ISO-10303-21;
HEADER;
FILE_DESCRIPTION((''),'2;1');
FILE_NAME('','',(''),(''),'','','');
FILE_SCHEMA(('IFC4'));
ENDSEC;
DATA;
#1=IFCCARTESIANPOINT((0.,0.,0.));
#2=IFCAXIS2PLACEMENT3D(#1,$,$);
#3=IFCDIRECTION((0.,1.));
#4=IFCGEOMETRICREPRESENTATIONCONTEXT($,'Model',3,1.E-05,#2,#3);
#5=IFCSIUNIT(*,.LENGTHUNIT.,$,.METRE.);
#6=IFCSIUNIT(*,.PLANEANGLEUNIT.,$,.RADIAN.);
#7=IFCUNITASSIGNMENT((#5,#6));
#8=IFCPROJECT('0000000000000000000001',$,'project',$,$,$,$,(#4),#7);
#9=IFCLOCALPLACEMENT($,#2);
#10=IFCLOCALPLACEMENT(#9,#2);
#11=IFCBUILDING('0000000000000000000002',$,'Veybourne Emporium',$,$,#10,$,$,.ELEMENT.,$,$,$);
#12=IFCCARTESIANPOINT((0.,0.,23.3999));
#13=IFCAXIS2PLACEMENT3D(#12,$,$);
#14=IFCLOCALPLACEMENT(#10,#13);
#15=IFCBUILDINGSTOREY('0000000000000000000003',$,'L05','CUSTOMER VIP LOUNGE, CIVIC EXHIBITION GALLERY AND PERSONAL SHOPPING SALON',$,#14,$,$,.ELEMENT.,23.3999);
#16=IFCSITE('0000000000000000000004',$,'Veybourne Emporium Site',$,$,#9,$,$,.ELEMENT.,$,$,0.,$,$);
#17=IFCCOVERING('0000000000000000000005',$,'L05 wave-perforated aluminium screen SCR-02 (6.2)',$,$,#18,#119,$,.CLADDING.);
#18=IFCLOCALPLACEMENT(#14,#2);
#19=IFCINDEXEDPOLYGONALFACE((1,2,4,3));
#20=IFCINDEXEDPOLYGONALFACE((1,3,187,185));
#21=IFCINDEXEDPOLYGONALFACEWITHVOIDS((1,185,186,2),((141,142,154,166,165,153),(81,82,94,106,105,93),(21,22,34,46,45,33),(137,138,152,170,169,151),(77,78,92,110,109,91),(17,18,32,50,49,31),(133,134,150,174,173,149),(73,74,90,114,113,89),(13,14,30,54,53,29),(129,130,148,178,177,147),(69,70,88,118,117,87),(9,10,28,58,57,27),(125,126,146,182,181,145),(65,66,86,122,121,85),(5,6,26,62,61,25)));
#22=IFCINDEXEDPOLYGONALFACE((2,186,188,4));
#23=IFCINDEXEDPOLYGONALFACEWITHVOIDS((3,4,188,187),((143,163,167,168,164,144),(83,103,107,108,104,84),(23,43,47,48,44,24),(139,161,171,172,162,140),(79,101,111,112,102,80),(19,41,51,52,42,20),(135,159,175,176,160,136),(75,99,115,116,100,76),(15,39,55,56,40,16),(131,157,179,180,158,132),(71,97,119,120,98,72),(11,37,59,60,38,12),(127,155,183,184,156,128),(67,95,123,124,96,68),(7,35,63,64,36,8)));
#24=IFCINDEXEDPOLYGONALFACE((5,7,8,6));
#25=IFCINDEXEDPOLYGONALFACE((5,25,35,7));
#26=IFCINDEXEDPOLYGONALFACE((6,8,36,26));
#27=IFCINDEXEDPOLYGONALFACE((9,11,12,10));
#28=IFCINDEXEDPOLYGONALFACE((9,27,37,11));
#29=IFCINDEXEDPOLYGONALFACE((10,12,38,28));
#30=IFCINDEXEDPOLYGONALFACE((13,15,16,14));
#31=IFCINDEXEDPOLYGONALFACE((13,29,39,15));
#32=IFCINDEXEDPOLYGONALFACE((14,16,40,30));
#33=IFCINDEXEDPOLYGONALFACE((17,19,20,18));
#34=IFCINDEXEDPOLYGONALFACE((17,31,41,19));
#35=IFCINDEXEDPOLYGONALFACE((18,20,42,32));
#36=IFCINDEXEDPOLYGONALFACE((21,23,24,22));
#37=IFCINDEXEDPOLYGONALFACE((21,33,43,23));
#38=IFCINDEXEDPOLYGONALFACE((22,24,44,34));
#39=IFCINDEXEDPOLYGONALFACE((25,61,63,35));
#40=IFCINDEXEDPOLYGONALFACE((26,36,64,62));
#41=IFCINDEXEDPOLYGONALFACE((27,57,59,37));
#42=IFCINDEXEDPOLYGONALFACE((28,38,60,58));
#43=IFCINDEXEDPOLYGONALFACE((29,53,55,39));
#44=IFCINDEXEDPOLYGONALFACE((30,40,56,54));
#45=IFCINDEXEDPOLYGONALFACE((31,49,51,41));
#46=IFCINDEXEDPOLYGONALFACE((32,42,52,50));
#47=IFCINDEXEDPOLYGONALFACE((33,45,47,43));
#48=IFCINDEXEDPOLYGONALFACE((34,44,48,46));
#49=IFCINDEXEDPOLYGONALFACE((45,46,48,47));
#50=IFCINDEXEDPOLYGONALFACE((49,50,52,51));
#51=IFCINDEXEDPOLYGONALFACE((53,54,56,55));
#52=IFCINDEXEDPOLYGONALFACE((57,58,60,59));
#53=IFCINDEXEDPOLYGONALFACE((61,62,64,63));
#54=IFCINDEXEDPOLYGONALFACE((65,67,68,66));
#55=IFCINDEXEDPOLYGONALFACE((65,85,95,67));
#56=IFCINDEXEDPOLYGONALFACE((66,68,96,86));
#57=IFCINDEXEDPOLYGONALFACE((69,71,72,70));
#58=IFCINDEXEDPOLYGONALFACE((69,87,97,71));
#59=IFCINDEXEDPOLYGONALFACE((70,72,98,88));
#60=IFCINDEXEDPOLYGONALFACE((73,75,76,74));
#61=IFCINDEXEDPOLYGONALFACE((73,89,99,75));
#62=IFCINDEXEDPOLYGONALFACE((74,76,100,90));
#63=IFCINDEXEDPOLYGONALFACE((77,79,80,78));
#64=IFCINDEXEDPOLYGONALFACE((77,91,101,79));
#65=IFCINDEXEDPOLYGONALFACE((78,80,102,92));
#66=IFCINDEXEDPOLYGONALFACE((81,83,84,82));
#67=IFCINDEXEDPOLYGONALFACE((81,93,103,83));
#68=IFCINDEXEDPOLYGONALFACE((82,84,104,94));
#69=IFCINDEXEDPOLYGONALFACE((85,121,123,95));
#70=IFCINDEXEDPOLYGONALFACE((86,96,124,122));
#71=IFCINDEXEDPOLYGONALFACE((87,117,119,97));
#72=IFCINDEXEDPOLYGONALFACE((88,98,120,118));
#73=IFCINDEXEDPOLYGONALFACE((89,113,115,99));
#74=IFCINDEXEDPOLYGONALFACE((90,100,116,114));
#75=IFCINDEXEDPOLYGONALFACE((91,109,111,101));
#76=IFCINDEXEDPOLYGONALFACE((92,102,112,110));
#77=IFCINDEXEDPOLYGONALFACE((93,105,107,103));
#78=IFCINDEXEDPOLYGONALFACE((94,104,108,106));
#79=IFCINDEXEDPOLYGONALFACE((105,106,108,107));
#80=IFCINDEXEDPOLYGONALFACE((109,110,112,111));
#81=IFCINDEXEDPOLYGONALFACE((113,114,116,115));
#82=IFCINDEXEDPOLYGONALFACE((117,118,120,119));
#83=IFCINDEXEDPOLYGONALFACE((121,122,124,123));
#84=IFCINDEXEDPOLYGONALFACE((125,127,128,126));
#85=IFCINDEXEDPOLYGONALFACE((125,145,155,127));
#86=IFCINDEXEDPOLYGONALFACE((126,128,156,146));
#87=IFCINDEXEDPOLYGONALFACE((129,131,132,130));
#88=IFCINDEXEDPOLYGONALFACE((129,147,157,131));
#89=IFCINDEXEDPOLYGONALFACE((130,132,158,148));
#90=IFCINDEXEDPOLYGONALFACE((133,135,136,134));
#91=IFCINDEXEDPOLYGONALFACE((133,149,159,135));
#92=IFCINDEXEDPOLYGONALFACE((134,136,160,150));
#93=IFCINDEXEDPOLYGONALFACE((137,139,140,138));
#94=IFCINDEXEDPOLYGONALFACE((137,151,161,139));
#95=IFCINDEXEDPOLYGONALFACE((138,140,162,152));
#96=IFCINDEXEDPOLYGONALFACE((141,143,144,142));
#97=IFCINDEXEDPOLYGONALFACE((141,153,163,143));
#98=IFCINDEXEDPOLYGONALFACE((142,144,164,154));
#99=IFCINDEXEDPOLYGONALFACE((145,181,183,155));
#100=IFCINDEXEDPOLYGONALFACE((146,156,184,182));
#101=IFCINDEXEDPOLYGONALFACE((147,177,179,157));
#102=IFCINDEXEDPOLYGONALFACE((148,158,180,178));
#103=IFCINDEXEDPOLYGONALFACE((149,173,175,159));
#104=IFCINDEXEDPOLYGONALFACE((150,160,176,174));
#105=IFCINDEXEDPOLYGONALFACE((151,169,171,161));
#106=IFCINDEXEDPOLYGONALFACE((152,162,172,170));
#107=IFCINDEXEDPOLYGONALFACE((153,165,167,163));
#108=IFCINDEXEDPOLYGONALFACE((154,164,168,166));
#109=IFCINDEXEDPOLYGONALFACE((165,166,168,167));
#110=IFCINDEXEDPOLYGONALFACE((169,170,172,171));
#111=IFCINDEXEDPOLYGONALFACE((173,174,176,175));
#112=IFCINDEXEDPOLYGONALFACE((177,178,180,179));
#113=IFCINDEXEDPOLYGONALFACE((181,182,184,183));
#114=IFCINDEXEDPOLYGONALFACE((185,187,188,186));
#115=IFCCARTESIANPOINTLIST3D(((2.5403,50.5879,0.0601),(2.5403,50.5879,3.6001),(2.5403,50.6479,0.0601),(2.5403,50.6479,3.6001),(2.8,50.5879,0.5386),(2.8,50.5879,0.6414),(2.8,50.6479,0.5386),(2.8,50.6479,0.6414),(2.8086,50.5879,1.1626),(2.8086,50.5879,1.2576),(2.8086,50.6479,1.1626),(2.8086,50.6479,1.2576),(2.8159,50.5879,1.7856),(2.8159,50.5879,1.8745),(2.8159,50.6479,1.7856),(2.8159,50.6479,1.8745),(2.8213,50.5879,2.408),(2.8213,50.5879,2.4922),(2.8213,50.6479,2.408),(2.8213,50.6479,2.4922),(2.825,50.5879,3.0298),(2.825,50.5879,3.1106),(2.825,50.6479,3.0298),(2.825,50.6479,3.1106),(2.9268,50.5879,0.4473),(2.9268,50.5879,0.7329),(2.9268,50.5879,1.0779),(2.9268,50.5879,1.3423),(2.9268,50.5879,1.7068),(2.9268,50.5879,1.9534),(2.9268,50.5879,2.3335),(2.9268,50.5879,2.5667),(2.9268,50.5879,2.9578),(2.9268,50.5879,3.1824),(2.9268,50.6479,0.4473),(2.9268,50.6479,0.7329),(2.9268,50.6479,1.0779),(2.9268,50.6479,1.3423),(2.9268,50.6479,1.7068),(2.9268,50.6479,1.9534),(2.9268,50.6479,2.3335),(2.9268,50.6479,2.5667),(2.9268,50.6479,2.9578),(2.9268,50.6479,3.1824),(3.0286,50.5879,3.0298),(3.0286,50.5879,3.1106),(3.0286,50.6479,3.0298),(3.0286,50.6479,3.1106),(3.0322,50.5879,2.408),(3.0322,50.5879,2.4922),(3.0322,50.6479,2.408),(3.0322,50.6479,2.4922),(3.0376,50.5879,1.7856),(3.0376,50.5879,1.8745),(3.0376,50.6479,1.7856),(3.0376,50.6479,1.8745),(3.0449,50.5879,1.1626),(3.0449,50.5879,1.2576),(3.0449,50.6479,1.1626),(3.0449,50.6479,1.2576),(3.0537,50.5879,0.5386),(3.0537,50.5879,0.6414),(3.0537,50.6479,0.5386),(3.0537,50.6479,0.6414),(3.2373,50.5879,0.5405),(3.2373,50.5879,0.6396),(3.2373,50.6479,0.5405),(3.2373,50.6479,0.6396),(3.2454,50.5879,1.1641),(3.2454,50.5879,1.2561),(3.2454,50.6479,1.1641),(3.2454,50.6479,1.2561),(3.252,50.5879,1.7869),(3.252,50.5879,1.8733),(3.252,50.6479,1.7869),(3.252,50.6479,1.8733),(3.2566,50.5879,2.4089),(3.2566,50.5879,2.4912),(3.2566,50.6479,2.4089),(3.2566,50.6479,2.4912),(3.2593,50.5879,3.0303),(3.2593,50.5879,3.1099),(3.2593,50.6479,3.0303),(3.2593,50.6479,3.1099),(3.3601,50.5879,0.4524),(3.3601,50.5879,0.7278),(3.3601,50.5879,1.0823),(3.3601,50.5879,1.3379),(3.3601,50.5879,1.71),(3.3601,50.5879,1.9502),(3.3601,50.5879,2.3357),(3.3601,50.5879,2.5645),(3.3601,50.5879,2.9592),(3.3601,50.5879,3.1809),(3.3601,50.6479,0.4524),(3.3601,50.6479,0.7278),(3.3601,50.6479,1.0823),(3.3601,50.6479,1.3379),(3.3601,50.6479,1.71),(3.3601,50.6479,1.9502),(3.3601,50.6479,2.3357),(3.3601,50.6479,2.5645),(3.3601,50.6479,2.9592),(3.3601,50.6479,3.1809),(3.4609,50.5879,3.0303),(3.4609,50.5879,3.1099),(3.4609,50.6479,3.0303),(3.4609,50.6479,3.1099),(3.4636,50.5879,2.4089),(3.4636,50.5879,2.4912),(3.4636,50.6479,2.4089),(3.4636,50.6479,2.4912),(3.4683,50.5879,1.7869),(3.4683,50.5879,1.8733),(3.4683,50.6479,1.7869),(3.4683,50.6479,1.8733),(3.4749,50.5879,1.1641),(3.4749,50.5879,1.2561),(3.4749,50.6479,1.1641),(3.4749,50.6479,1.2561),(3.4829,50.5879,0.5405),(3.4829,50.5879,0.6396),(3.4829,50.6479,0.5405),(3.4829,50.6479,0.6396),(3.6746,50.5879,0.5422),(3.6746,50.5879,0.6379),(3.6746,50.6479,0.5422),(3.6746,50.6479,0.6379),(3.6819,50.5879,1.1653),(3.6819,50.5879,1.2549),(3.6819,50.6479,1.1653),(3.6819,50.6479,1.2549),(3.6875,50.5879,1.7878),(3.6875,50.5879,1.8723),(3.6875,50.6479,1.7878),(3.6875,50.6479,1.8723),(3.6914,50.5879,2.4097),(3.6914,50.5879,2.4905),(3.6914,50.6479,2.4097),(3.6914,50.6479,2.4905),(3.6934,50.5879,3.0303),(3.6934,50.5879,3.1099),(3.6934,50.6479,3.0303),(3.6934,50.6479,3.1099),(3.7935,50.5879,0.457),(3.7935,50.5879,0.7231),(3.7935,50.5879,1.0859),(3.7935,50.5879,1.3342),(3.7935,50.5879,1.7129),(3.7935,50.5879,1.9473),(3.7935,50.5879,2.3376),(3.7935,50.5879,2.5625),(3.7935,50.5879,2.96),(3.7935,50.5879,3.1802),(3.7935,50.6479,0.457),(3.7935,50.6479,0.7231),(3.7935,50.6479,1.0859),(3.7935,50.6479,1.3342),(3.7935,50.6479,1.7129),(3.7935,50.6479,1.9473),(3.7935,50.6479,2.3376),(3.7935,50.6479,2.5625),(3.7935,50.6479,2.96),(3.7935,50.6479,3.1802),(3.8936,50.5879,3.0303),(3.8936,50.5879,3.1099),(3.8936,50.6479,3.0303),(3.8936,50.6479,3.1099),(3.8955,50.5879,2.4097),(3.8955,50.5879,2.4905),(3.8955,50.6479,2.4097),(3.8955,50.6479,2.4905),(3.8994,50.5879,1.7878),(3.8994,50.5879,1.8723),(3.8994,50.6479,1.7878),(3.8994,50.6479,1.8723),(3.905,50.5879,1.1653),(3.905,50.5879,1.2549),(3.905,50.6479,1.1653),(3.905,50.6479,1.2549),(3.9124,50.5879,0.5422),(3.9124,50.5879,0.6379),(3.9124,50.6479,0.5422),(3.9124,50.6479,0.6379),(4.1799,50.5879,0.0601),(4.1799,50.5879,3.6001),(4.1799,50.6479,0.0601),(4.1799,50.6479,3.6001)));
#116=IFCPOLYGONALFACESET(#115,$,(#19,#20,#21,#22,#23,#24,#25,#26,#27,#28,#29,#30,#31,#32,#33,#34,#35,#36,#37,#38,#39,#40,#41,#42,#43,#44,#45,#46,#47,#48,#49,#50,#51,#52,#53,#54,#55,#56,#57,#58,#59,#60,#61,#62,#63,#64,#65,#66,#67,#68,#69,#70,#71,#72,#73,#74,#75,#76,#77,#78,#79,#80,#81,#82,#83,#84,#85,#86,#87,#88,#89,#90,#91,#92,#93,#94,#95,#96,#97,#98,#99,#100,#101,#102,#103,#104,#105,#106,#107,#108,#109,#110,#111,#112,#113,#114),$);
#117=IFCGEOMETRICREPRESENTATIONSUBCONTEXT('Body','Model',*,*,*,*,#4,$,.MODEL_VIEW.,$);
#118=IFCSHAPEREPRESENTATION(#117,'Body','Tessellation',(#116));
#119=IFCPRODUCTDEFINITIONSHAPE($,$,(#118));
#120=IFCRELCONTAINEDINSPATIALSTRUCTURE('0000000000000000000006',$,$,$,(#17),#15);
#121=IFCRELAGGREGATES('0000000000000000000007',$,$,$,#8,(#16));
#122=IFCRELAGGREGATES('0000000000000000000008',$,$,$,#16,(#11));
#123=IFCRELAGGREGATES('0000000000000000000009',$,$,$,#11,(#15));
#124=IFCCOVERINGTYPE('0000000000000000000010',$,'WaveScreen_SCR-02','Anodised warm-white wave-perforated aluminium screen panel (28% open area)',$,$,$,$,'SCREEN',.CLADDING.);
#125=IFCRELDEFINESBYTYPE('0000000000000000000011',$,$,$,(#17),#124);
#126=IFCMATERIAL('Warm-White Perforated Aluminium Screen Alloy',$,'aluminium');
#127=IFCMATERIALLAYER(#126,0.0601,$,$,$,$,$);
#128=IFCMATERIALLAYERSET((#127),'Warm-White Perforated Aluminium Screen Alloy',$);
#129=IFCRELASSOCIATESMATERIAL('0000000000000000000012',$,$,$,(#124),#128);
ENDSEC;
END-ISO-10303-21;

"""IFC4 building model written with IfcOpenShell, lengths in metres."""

from ifc_helpers import new_model, si_unit, direction, frame, origin, place, context, subcontext, project, spatial, polyline, outline, extrude, material, layer, layer_set, type_object, element, save


model = new_model("IFC4")

# Units and contexts
model_context = context("Model", 3, precision=1e-05, world=origin(), true_north=direction((0.0, 1.0)))
body_context = subcontext(model_context, "Body", "Model", "MODEL_VIEW")
ifc_project = project(units=[si_unit("LENGTHUNIT", "METRE"), si_unit("PLANEANGLEUNIT", "RADIAN")], contexts=[model_context])

# Site, building, storey
site_placement = place(None, origin())
site = spatial("IfcSite", under=ifc_project, at=site_placement, Name="Veybourne Emporium Site", CompositionType="ELEMENT", RefElevation=0.0)
building_placement = place(site_placement, origin())
building = spatial("IfcBuilding", under=site, at=building_placement, Name="Veybourne Emporium", CompositionType="ELEMENT")
storey_placement = place(building_placement, frame((0.0, 0.0, 23.3999)))
storey = spatial("IfcBuildingStorey", under=building, at=storey_placement, Name="L05", Description="CUSTOMER VIP LOUNGE, CIVIC EXHIBITION GALLERY AND PERSONAL SHOPPING SALON", CompositionType="ELEMENT", Elevation=23.3999)

# Covering
ifc_material_1 = material(Name="Warm-White Perforated Aluminium Screen Alloy", Category="aluminium")
ifc_layer_1 = layer(ifc_material_1, 0.0601)
ifc_layer_set_1 = layer_set([ifc_layer_1], Name="Warm-White Perforated Aluminium Screen Alloy")
covering_type_1 = type_object("IfcCoveringType", Name="WaveScreen_SCR-02", Description="Anodised warm-white wave-perforated aluminium screen panel (28% open area)", ElementType="SCREEN", PredefinedType="CLADDING", material=ifc_layer_set_1)
covering_1_placement = place(storey_placement, frame((3.3601, 50.6479, 1.8301), z_axis=(0.0, -1.0, 0.0), x_axis=(1.0, 0.0, 0.0)))
element("IfcCovering", 1, at=covering_1_placement, inside=storey, type_object=covering_type_1, Name="L05 wave-perforated aluminium screen SCR-02 (6.2)", PredefinedType="CLADDING", context=body_context, shape_type="SweptSolid", body=[
    extrude(outline(polyline([(-0.8198, -1.77), (0.8198, -1.77), (0.8198, 1.77), (-0.8198, 1.77), (-0.8198, -1.77)]), holes=[polyline([(-0.4333, -1.0972), (-0.3064, -1.1887), (-0.3064, -1.2915), (-0.4333, -1.3828), (-0.5601, -1.2915), (-0.5601, -1.1887), (-0.4333, -1.0972)]), polyline([(-0.4333, -0.4878), (-0.3152, -0.5725), (-0.3152, -0.6675), (-0.4333, -0.7522), (-0.5515, -0.6675), (-0.5515, -0.5725), (-0.4333, -0.4878)]), polyline([(-0.4333, 0.1233), (-0.3225, 0.0444), (-0.3225, -0.0444), (-0.4333, -0.1233), (-0.5442, -0.0444), (-0.5442, 0.0444), (-0.4333, 0.1233)]), polyline([(-0.4333, 0.7366), (-0.3279, 0.6621), (-0.3279, 0.5779), (-0.4333, 0.5034), (-0.5388, 0.5779), (-0.5388, 0.6621), (-0.4333, 0.7366)]), polyline([(-0.4333, 1.3523), (-0.3315, 1.2805), (-0.3315, 1.1997), (-0.4333, 1.1277), (-0.5352, 1.1997), (-0.5352, 1.2805), (-0.4333, 1.3523)]), polyline([(0.0, -1.1023), (0.1228, -1.1904), (0.1228, -1.2896), (0.0, -1.3777), (-0.1228, -1.2896), (-0.1228, -1.1904), (0.0, -1.1023)]), polyline([(0.0, -0.4922), (0.1147, -0.574), (0.1147, -0.666), (0.0, -0.7478), (-0.1147, -0.666), (-0.1147, -0.574), (0.0, -0.4922)]), polyline([(0.0, 0.1201), (0.1082, 0.0432), (0.1082, -0.0432), (0.0, -0.1201), (-0.1082, -0.0432), (-0.1082, 0.0432), (0.0, 0.1201)]), polyline([(0.0, 0.7344), (0.1035, 0.6611), (0.1035, 0.5789), (0.0, 0.5056), (-0.1035, 0.5789), (-0.1035, 0.6611), (0.0, 0.7344)]), polyline([(0.0, 1.3508), (0.1008, 1.2798), (0.1008, 1.2002), (0.0, 1.1292), (-0.1008, 1.2002), (-0.1008, 1.2798), (0.0, 1.3508)]), polyline([(0.4333, -1.1069), (0.5522, -1.1921), (0.5522, -1.2878), (0.4333, -1.373), (0.3145, -1.2878), (0.3145, -1.1921), (0.4333, -1.1069)]), polyline([(0.4333, -0.4958), (0.5449, -0.5752), (0.5449, -0.6648), (0.4333, -0.7441), (0.3218, -0.6648), (0.3218, -0.5752), (0.4333, -0.4958)]), polyline([(0.4333, 0.1172), (0.5393, 0.0422), (0.5393, -0.0422), (0.4333, -0.1172), (0.3274, -0.0422), (0.3274, 0.0422), (0.4333, 0.1172)]), polyline([(0.4333, 0.7324), (0.5354, 0.6604), (0.5354, 0.5796), (0.4333, 0.5076), (0.3313, 0.5796), (0.3313, 0.6604), (0.4333, 0.7324)]), polyline([(0.4333, 1.3501), (0.5334, 1.2798), (0.5334, 1.2002), (0.4333, 1.1299), (0.3333, 1.2002), (0.3333, 1.2798), (0.4333, 1.3501)])]), origin(), (0.0, 0.0, 1.0), 0.0601),
])

save(model, "model.ifc")
